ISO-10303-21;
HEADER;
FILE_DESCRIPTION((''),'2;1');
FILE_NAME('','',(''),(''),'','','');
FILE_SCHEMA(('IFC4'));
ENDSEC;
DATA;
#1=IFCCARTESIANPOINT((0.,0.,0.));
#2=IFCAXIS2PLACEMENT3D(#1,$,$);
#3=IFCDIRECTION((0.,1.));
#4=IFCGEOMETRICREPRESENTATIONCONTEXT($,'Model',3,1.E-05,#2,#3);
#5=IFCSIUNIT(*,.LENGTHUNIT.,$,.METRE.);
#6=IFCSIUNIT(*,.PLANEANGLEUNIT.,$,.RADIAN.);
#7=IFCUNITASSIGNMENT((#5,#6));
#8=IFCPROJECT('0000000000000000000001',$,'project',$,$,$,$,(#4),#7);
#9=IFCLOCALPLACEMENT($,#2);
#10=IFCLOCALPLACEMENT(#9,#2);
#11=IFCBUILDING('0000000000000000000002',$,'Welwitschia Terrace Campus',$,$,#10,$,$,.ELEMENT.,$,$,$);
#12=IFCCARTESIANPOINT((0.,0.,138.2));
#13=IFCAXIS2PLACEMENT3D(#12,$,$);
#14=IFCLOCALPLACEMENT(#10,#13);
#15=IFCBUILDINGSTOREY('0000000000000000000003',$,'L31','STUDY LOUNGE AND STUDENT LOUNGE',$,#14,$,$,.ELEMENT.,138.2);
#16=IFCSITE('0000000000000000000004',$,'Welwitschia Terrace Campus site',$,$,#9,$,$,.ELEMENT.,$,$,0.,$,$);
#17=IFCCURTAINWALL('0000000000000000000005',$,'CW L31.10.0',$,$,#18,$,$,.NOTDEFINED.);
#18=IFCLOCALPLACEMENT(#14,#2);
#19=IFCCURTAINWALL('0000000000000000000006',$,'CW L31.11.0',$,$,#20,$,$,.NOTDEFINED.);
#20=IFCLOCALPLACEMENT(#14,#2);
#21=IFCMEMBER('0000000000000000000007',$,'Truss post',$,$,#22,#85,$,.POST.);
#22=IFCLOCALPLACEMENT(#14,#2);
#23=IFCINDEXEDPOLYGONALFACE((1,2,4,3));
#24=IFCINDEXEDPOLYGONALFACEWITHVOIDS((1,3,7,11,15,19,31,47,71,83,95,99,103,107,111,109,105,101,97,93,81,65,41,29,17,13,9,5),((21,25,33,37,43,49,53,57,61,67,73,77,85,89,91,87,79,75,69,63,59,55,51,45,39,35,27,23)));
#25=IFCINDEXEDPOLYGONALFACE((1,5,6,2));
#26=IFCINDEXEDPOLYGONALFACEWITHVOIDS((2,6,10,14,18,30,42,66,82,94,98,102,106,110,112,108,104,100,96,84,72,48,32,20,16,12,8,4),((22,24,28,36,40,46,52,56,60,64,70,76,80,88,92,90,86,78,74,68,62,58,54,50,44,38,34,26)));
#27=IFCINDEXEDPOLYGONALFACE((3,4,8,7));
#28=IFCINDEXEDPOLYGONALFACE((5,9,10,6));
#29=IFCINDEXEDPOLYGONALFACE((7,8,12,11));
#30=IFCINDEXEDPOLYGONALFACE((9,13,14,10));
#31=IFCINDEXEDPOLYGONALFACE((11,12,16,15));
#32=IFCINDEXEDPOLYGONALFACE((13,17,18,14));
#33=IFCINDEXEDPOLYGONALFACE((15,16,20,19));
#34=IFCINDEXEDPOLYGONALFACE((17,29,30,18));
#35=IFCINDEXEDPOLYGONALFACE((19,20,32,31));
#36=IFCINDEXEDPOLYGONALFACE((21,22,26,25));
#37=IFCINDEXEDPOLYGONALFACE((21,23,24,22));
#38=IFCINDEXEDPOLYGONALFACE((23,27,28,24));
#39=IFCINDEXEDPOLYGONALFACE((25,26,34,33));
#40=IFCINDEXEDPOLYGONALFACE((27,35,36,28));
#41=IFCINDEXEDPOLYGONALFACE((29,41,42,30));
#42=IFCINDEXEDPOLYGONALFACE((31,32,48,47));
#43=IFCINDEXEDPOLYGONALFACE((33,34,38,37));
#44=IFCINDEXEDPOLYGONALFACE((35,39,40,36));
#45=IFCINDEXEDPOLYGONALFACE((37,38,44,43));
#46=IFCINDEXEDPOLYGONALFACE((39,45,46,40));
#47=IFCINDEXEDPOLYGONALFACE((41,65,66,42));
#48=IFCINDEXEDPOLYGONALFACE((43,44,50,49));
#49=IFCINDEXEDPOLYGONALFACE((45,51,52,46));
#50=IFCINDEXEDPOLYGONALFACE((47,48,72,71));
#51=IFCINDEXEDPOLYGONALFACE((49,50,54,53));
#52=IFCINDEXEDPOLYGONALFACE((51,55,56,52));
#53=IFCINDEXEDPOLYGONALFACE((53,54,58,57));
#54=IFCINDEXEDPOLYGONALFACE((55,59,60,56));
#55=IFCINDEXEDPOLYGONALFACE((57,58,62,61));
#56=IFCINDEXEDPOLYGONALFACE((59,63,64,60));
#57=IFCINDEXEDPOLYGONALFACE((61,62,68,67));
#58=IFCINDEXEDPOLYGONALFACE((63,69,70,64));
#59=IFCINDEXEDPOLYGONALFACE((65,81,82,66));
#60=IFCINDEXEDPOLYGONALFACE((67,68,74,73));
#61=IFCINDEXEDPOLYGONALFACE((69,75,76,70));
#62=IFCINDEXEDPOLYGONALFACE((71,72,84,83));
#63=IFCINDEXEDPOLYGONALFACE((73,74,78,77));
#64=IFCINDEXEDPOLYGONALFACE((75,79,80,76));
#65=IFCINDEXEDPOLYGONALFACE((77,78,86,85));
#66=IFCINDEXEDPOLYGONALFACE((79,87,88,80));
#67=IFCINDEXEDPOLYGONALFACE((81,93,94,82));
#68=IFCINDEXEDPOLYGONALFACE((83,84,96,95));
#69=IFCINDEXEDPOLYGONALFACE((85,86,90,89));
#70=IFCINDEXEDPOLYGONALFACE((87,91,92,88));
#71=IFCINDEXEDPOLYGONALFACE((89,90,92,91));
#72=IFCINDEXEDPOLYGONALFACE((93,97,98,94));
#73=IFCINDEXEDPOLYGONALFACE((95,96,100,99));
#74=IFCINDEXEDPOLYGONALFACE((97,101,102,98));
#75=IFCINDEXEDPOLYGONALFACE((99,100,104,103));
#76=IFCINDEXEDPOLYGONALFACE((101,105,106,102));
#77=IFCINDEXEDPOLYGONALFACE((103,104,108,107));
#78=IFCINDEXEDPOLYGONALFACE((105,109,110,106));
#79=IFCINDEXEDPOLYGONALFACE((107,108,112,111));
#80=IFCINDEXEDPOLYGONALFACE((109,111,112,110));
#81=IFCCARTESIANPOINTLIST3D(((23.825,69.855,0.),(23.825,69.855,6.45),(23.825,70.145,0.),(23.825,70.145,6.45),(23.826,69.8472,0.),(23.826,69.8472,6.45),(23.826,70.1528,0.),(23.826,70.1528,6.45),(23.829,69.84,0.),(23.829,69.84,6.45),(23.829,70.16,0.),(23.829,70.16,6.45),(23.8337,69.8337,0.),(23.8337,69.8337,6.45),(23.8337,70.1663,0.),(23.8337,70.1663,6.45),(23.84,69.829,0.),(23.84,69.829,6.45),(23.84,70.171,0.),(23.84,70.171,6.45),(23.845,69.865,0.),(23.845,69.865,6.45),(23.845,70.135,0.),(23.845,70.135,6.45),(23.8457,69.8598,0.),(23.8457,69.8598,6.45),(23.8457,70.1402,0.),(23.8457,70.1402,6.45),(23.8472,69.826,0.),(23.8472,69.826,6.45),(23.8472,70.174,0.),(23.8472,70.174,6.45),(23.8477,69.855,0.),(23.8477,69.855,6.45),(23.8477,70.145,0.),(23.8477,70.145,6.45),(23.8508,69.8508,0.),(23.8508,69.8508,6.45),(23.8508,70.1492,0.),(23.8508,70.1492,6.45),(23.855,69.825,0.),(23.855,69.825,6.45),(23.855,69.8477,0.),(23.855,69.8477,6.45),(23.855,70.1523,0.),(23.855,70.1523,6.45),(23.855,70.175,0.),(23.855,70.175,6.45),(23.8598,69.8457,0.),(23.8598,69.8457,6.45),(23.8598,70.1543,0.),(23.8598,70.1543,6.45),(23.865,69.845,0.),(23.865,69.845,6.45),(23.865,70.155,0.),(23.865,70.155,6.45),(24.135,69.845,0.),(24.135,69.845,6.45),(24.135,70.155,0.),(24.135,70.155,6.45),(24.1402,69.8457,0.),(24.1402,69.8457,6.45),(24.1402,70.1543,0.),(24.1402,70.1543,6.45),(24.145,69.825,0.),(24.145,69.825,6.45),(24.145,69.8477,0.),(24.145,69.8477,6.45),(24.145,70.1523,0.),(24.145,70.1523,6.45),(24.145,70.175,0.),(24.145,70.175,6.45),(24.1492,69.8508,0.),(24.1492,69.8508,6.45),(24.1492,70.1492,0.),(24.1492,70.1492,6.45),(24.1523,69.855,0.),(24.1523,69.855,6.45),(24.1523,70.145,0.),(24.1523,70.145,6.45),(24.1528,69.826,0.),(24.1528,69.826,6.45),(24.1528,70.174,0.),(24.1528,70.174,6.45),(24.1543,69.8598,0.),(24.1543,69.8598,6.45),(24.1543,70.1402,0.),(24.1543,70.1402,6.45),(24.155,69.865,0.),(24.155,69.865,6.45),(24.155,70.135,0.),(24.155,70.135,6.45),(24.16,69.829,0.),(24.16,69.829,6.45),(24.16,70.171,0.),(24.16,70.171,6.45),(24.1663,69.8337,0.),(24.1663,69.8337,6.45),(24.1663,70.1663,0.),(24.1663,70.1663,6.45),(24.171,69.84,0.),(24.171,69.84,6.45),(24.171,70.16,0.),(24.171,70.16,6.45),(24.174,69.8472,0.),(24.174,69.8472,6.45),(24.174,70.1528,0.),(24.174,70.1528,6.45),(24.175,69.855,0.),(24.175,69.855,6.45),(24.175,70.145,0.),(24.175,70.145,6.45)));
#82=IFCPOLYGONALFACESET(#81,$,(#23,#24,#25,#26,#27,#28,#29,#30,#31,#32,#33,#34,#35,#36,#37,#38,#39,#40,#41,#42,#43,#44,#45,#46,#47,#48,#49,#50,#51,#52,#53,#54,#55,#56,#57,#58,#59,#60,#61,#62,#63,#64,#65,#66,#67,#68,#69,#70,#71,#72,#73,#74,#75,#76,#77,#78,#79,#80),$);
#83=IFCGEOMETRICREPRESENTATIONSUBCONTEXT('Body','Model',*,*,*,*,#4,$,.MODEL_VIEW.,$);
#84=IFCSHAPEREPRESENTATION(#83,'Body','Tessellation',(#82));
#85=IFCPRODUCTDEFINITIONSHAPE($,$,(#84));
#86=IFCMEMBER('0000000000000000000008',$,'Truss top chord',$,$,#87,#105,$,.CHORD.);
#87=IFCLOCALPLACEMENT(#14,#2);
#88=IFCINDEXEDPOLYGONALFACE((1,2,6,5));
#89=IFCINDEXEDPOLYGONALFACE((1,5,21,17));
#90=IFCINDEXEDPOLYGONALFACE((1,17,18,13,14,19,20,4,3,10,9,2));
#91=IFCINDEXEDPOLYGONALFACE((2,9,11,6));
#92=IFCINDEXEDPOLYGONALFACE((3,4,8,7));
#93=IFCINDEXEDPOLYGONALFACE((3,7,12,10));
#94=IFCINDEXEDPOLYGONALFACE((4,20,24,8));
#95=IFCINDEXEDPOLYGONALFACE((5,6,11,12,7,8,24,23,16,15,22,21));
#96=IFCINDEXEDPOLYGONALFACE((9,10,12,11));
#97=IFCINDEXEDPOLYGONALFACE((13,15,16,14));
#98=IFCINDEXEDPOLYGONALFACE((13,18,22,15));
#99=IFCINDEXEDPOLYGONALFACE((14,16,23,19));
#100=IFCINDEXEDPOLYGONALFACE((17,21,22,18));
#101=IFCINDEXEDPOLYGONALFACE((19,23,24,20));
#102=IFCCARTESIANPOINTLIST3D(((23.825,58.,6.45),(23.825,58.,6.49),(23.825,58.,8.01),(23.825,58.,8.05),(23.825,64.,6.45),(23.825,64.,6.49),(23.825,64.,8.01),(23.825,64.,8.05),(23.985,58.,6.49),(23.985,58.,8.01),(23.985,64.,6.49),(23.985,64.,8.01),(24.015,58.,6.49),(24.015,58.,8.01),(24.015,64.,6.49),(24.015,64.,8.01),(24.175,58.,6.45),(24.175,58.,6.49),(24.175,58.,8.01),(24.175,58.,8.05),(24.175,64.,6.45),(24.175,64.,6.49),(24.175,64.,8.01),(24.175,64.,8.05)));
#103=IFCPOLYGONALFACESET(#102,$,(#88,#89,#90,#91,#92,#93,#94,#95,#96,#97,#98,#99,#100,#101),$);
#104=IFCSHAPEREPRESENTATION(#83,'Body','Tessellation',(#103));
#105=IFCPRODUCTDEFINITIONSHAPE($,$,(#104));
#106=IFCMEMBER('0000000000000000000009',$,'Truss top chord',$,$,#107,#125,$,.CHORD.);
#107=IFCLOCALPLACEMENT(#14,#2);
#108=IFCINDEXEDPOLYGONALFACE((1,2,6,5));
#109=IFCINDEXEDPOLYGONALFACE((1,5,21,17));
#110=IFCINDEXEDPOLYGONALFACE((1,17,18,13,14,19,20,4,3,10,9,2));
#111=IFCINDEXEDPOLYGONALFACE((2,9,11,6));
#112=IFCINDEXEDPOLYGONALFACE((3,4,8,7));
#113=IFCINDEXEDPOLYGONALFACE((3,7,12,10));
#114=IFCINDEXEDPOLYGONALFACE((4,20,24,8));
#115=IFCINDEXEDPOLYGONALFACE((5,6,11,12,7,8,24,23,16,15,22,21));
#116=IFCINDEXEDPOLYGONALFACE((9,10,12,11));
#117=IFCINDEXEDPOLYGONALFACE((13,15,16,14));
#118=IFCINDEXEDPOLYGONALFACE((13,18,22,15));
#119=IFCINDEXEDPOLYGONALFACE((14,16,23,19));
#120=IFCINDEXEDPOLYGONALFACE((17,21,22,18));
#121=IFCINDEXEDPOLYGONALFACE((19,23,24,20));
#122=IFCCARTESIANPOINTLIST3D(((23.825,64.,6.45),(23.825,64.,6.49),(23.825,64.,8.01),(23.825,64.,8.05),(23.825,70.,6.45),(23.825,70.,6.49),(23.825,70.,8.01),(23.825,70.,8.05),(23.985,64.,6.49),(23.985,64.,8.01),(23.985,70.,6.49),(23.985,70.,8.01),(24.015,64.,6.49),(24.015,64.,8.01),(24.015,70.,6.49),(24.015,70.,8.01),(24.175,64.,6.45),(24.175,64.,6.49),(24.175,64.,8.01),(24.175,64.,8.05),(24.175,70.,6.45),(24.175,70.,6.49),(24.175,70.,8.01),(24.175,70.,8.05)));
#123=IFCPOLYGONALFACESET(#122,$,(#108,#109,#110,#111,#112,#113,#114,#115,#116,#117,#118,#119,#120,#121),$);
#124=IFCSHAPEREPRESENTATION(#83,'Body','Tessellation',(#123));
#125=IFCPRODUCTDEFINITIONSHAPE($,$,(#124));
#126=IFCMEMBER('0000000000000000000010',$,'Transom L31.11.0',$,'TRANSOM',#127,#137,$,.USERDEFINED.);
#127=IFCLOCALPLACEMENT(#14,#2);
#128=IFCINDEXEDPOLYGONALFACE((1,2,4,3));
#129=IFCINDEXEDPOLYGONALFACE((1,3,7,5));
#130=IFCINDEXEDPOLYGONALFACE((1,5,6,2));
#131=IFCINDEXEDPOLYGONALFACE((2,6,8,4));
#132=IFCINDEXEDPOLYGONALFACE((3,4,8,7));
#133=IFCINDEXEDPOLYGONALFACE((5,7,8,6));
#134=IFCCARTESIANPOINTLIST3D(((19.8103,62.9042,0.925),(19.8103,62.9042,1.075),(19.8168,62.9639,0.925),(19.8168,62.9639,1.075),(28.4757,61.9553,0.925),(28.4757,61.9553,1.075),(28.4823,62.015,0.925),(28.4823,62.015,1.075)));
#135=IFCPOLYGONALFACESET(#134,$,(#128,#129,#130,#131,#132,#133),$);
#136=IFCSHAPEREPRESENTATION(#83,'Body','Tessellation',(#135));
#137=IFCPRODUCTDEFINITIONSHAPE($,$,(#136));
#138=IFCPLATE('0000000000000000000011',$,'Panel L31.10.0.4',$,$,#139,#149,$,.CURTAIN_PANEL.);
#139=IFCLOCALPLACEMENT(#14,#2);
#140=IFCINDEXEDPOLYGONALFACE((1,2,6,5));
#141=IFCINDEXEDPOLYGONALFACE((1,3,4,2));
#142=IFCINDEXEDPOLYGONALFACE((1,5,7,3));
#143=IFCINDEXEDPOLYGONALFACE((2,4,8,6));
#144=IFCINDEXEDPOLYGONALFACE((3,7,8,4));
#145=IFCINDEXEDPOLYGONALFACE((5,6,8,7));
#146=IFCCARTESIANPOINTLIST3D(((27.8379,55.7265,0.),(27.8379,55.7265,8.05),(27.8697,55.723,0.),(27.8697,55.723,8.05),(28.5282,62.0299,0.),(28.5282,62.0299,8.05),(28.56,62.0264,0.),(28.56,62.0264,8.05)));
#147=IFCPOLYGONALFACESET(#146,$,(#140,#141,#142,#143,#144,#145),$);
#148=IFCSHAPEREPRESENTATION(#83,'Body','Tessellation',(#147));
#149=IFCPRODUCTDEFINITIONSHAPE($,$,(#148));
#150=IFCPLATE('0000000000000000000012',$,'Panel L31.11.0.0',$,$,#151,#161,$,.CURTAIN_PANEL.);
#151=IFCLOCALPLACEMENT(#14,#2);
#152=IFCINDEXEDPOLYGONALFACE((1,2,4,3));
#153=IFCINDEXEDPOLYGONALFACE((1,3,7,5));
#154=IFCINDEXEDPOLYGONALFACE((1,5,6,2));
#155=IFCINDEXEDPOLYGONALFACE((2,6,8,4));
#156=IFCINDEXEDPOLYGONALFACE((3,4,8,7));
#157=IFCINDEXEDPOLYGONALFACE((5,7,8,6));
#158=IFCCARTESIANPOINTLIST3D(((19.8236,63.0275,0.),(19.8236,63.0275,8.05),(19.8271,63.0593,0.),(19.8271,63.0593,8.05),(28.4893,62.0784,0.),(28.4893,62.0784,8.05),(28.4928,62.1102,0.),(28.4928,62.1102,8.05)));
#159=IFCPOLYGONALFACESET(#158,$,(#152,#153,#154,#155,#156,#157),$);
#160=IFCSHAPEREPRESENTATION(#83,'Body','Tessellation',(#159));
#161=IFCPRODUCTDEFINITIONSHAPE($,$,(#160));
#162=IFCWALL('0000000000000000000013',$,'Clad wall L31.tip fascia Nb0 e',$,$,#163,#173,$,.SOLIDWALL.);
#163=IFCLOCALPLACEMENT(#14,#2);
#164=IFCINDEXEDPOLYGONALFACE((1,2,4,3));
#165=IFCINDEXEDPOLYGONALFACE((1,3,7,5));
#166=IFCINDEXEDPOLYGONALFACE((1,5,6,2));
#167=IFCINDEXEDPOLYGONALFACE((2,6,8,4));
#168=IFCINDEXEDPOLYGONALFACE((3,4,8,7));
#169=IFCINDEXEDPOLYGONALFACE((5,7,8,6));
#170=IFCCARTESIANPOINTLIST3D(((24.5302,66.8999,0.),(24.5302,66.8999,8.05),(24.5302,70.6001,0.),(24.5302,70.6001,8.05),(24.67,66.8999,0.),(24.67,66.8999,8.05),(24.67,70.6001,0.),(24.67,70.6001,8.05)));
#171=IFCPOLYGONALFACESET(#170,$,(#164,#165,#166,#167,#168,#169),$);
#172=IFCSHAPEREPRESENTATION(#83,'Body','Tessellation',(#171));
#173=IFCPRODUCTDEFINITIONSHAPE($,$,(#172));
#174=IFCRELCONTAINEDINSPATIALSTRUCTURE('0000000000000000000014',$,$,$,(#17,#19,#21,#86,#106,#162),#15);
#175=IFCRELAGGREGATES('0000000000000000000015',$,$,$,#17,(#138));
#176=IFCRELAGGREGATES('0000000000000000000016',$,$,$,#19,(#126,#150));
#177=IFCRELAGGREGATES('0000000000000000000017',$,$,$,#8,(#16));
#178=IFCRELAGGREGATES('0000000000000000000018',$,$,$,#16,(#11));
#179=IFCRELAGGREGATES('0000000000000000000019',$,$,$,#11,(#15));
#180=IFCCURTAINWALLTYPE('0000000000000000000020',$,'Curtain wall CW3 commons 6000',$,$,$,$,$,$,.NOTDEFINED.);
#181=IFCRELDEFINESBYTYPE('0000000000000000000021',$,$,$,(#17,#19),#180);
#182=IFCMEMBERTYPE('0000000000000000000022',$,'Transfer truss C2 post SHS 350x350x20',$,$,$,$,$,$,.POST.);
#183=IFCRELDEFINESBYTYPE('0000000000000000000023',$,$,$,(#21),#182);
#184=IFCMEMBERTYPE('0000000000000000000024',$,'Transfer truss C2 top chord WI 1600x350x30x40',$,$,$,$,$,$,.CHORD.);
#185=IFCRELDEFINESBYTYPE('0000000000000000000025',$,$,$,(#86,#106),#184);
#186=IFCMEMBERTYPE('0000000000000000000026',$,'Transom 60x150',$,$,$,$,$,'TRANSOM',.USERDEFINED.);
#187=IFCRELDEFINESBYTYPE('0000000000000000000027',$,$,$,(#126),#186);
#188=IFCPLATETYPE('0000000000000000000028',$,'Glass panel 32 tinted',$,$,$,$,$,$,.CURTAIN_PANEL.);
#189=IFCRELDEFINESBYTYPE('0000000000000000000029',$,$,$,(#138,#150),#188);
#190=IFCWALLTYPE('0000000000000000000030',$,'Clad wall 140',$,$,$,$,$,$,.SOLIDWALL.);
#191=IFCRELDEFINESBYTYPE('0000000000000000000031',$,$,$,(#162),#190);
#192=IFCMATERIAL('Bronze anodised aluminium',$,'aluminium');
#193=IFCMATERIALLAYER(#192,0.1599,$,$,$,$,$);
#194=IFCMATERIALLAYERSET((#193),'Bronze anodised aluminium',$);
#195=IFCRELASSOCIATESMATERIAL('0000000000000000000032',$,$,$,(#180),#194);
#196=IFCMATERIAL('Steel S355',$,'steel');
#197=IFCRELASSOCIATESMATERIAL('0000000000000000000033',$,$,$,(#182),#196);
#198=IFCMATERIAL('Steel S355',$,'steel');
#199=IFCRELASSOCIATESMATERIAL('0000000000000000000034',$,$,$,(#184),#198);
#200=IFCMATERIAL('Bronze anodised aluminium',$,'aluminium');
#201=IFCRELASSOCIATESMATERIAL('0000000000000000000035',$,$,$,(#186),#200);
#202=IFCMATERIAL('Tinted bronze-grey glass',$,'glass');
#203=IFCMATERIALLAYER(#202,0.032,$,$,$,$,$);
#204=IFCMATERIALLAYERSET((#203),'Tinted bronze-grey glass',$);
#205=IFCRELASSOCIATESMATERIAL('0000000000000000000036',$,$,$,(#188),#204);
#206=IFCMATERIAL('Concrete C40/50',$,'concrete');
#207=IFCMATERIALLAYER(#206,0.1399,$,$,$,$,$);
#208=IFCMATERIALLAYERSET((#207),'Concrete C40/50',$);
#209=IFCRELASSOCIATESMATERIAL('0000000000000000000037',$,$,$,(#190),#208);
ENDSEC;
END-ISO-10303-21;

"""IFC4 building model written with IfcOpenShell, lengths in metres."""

from ifc_helpers import new_model, si_unit, direction, frame, frame_2d, origin, origin_2d, place, context, subcontext, project, spatial, rectangle, hollow_rectangle, i_section, extrude, material, layer, layer_set, material_profile, profile_set, type_object, element, aggregate, save


model = new_model("IFC4")

# Units and contexts
model_context = context("Model", 3, precision=1e-05, world=origin(), true_north=direction((0.0, 1.0)))
body_context = subcontext(model_context, "Body", "Model", "MODEL_VIEW")
ifc_project = project(units=[si_unit("LENGTHUNIT", "METRE"), si_unit("PLANEANGLEUNIT", "RADIAN")], contexts=[model_context])

# Site, building, storey
site_placement = place(None, origin())
site = spatial("IfcSite", under=ifc_project, at=site_placement, Name="Welwitschia Terrace Campus site", CompositionType="ELEMENT", RefElevation=0.0)
building_placement = place(site_placement, origin())
building = spatial("IfcBuilding", under=site, at=building_placement, Name="Welwitschia Terrace Campus", CompositionType="ELEMENT")
storey_placement = place(building_placement, frame((0.0, 0.0, 138.2)))
storey = spatial("IfcBuildingStorey", under=building, at=storey_placement, Name="L31", Description="STUDY LOUNGE AND STUDENT LOUNGE", CompositionType="ELEMENT", Elevation=138.2)

# Curtain walls
ifc_material_1 = material(Name="Bronze anodised aluminium", Category="aluminium")
ifc_layer_1 = layer(ifc_material_1, 0.1599)
ifc_layer_set_1 = layer_set([ifc_layer_1], Name="Bronze anodised aluminium")
curtain_wall_type = type_object("IfcCurtainWallType", Name="Curtain wall CW3 commons 6000", PredefinedType="NOTDEFINED", material=ifc_layer_set_1)
curtain_wall_1_placement = place(storey_placement, origin())
curtain_wall_1 = element("IfcCurtainWall", 1, at=curtain_wall_1_placement, inside=storey, type_object=curtain_wall_type, Name="CW L31.10.0", PredefinedType="NOTDEFINED")
curtain_wall_2_placement = place(storey_placement, origin())
curtain_wall_2 = element("IfcCurtainWall", 2, at=curtain_wall_2_placement, inside=storey, type_object=curtain_wall_type, Name="CW L31.11.0", PredefinedType="NOTDEFINED")

# Members
ifc_material_2 = material(Name="Steel S355", Category="steel")
ifc_material_profile_1 = material_profile(ifc_material_2, hollow_rectangle(XDim=0.3501, YDim=0.3501, WallThickness=0.02, InnerFilletRadius=0.02, OuterFilletRadius=0.03, at=origin_2d()))
ifc_profile_set_1 = profile_set([ifc_material_profile_1], Name="Steel S355")
member_type_1 = type_object("IfcMemberType", Name="Transfer truss C2 post SHS 350x350x20", PredefinedType="POST", material=ifc_profile_set_1)
for number, where, z_axis, x_axis, name in (
    (3, (24.0, 70.0, 0.0), (0.0, 0.0, 1.0), (1.0, 0.0, 0.0), "Truss post"),
):
    element("IfcMember", number, at=place(storey_placement, frame(where, z_axis=z_axis, x_axis=x_axis)), inside=storey, type_object=member_type_1, Name=name, PredefinedType="POST", context=body_context, shape_type="SweptSolid", body=[
        extrude(hollow_rectangle(XDim=0.3501, YDim=0.3501, WallThickness=0.02, InnerFilletRadius=0.02, OuterFilletRadius=0.03, at=origin_2d()), origin(), (0.0, 0.0, 1.0), 6.45),
    ])
ifc_material_3 = material(Name="Steel S355", Category="steel")
ifc_material_profile_2 = material_profile(ifc_material_3, i_section(OverallWidth=0.3501, OverallDepth=1.6001, WebThickness=0.03, FlangeThickness=0.04, at=origin_2d()))
ifc_profile_set_2 = profile_set([ifc_material_profile_2], Name="Steel S355")
member_type_2 = type_object("IfcMemberType", Name="Transfer truss C2 top chord WI 1600x350x30x40", PredefinedType="CHORD", material=ifc_profile_set_2)
for number, where, z_axis, x_axis, name in (
    (4, (24.0, 58.0, 7.25), (0.0, 1.0, 0.0), (-1.0, 0.0, 0.0), "Truss top chord"),
    (5, (24.0, 64.0, 7.25), (0.0, 1.0, 0.0), (-1.0, 0.0, 0.0), "Truss top chord"),
):
    element("IfcMember", number, at=place(storey_placement, frame(where, z_axis=z_axis, x_axis=x_axis)), inside=storey, type_object=member_type_2, Name=name, PredefinedType="CHORD", context=body_context, shape_type="SweptSolid", body=[
        extrude(i_section(OverallWidth=0.3501, OverallDepth=1.6001, WebThickness=0.03, FlangeThickness=0.04, at=origin_2d()), origin(), (0.0, 0.0, 1.0), 6.0),
    ])

# Member
ifc_material_4 = material(Name="Bronze anodised aluminium", Category="aluminium")
ifc_material_profile_3 = material_profile(ifc_material_4, rectangle(XDim=0.0601, YDim=0.1499, at=origin_2d()))
ifc_profile_set_3 = profile_set([ifc_material_profile_3], Name="Bronze anodised aluminium")
member_type_3 = type_object("IfcMemberType", Name="Transom 60x150", ElementType="TRANSOM", PredefinedType="USERDEFINED", material=ifc_profile_set_3)
member_1_placement = place(storey_placement, frame((28.479, 61.9851, 1.0), z_axis=(-0.994057, 0.108861, 0.0), x_axis=(-0.108861, -0.994057, 0.0)))
member_1 = element("IfcMember", 6, at=member_1_placement, type_object=member_type_3, Name="Transom L31.11.0", ObjectType="TRANSOM", PredefinedType="USERDEFINED", context=body_context, shape_type="SweptSolid", body=[
    extrude(rectangle(XDim=0.0601, YDim=0.1499, at=origin_2d()), origin(), (0.0, 0.0, 1.0), 8.7173),
])

# Plates
ifc_material_5 = material(Name="Tinted bronze-grey glass", Category="glass")
ifc_layer_2 = layer(ifc_material_5, 0.032)
ifc_layer_set_2 = layer_set([ifc_layer_2], Name="Tinted bronze-grey glass")
plate_type = type_object("IfcPlateType", Name="Glass panel 32 tinted", PredefinedType="CURTAIN_PANEL", material=ifc_layer_set_2)
plate_1_placement = place(storey_placement, frame((28.199, 58.8765, 0.0), z_axis=(0.0, 0.0, 1.0), x_axis=(0.108867, 0.994056, 0.0)))
plate_1 = element("IfcPlate", 7, at=plate_1_placement, type_object=plate_type, Name="Panel L31.10.0.4", PredefinedType="CURTAIN_PANEL", context=body_context, shape_type="SweptSolid", body=[
    extrude(rectangle(XDim=6.3411, YDim=0.032, at=origin_2d()), origin(), (0.0, 0.0, 1.0), 8.05),
])
aggregate(curtain_wall_1, [plate_1])
plate_2_placement = place(storey_placement, frame((24.1582, 62.5688, 0.0), z_axis=(0.0, 0.0, 1.0), x_axis=(-0.994056, 0.108867, 0.0)))
plate_2 = element("IfcPlate", 8, at=plate_2_placement, type_object=plate_type, Name="Panel L31.11.0.0", PredefinedType="CURTAIN_PANEL", context=body_context, shape_type="SweptSolid", body=[
    extrude(rectangle(XDim=8.7175, YDim=0.032, at=origin_2d()), origin(), (0.0, 0.0, 1.0), 8.05),
])
aggregate(curtain_wall_2, [member_1, plate_2])

# Wall
ifc_material_6 = material(Name="Concrete C40/50", Category="concrete")
ifc_layer_3 = layer(ifc_material_6, 0.1399)
ifc_layer_set_3 = layer_set([ifc_layer_3], Name="Concrete C40/50")
wall_type_1 = type_object("IfcWallType", Name="Clad wall 140", PredefinedType="SOLIDWALL", material=ifc_layer_set_3)
wall_1_placement = place(storey_placement, frame((24.6001, 66.8999, 0.0), z_axis=(0.0, 0.0, 1.0), x_axis=(0.0, 1.0, 0.0)))
element("IfcWall", 9, at=wall_1_placement, inside=storey, type_object=wall_type_1, Name="Clad wall L31.tip fascia Nb0 e", PredefinedType="SOLIDWALL", context=body_context, shape_type="SweptSolid", body=[
    extrude(rectangle(XDim=3.7002, YDim=0.1399, at=frame_2d((1.8501, 0.0))), origin(), (0.0, 0.0, 1.0), 8.05),
])

save(model, "model.ifc")
